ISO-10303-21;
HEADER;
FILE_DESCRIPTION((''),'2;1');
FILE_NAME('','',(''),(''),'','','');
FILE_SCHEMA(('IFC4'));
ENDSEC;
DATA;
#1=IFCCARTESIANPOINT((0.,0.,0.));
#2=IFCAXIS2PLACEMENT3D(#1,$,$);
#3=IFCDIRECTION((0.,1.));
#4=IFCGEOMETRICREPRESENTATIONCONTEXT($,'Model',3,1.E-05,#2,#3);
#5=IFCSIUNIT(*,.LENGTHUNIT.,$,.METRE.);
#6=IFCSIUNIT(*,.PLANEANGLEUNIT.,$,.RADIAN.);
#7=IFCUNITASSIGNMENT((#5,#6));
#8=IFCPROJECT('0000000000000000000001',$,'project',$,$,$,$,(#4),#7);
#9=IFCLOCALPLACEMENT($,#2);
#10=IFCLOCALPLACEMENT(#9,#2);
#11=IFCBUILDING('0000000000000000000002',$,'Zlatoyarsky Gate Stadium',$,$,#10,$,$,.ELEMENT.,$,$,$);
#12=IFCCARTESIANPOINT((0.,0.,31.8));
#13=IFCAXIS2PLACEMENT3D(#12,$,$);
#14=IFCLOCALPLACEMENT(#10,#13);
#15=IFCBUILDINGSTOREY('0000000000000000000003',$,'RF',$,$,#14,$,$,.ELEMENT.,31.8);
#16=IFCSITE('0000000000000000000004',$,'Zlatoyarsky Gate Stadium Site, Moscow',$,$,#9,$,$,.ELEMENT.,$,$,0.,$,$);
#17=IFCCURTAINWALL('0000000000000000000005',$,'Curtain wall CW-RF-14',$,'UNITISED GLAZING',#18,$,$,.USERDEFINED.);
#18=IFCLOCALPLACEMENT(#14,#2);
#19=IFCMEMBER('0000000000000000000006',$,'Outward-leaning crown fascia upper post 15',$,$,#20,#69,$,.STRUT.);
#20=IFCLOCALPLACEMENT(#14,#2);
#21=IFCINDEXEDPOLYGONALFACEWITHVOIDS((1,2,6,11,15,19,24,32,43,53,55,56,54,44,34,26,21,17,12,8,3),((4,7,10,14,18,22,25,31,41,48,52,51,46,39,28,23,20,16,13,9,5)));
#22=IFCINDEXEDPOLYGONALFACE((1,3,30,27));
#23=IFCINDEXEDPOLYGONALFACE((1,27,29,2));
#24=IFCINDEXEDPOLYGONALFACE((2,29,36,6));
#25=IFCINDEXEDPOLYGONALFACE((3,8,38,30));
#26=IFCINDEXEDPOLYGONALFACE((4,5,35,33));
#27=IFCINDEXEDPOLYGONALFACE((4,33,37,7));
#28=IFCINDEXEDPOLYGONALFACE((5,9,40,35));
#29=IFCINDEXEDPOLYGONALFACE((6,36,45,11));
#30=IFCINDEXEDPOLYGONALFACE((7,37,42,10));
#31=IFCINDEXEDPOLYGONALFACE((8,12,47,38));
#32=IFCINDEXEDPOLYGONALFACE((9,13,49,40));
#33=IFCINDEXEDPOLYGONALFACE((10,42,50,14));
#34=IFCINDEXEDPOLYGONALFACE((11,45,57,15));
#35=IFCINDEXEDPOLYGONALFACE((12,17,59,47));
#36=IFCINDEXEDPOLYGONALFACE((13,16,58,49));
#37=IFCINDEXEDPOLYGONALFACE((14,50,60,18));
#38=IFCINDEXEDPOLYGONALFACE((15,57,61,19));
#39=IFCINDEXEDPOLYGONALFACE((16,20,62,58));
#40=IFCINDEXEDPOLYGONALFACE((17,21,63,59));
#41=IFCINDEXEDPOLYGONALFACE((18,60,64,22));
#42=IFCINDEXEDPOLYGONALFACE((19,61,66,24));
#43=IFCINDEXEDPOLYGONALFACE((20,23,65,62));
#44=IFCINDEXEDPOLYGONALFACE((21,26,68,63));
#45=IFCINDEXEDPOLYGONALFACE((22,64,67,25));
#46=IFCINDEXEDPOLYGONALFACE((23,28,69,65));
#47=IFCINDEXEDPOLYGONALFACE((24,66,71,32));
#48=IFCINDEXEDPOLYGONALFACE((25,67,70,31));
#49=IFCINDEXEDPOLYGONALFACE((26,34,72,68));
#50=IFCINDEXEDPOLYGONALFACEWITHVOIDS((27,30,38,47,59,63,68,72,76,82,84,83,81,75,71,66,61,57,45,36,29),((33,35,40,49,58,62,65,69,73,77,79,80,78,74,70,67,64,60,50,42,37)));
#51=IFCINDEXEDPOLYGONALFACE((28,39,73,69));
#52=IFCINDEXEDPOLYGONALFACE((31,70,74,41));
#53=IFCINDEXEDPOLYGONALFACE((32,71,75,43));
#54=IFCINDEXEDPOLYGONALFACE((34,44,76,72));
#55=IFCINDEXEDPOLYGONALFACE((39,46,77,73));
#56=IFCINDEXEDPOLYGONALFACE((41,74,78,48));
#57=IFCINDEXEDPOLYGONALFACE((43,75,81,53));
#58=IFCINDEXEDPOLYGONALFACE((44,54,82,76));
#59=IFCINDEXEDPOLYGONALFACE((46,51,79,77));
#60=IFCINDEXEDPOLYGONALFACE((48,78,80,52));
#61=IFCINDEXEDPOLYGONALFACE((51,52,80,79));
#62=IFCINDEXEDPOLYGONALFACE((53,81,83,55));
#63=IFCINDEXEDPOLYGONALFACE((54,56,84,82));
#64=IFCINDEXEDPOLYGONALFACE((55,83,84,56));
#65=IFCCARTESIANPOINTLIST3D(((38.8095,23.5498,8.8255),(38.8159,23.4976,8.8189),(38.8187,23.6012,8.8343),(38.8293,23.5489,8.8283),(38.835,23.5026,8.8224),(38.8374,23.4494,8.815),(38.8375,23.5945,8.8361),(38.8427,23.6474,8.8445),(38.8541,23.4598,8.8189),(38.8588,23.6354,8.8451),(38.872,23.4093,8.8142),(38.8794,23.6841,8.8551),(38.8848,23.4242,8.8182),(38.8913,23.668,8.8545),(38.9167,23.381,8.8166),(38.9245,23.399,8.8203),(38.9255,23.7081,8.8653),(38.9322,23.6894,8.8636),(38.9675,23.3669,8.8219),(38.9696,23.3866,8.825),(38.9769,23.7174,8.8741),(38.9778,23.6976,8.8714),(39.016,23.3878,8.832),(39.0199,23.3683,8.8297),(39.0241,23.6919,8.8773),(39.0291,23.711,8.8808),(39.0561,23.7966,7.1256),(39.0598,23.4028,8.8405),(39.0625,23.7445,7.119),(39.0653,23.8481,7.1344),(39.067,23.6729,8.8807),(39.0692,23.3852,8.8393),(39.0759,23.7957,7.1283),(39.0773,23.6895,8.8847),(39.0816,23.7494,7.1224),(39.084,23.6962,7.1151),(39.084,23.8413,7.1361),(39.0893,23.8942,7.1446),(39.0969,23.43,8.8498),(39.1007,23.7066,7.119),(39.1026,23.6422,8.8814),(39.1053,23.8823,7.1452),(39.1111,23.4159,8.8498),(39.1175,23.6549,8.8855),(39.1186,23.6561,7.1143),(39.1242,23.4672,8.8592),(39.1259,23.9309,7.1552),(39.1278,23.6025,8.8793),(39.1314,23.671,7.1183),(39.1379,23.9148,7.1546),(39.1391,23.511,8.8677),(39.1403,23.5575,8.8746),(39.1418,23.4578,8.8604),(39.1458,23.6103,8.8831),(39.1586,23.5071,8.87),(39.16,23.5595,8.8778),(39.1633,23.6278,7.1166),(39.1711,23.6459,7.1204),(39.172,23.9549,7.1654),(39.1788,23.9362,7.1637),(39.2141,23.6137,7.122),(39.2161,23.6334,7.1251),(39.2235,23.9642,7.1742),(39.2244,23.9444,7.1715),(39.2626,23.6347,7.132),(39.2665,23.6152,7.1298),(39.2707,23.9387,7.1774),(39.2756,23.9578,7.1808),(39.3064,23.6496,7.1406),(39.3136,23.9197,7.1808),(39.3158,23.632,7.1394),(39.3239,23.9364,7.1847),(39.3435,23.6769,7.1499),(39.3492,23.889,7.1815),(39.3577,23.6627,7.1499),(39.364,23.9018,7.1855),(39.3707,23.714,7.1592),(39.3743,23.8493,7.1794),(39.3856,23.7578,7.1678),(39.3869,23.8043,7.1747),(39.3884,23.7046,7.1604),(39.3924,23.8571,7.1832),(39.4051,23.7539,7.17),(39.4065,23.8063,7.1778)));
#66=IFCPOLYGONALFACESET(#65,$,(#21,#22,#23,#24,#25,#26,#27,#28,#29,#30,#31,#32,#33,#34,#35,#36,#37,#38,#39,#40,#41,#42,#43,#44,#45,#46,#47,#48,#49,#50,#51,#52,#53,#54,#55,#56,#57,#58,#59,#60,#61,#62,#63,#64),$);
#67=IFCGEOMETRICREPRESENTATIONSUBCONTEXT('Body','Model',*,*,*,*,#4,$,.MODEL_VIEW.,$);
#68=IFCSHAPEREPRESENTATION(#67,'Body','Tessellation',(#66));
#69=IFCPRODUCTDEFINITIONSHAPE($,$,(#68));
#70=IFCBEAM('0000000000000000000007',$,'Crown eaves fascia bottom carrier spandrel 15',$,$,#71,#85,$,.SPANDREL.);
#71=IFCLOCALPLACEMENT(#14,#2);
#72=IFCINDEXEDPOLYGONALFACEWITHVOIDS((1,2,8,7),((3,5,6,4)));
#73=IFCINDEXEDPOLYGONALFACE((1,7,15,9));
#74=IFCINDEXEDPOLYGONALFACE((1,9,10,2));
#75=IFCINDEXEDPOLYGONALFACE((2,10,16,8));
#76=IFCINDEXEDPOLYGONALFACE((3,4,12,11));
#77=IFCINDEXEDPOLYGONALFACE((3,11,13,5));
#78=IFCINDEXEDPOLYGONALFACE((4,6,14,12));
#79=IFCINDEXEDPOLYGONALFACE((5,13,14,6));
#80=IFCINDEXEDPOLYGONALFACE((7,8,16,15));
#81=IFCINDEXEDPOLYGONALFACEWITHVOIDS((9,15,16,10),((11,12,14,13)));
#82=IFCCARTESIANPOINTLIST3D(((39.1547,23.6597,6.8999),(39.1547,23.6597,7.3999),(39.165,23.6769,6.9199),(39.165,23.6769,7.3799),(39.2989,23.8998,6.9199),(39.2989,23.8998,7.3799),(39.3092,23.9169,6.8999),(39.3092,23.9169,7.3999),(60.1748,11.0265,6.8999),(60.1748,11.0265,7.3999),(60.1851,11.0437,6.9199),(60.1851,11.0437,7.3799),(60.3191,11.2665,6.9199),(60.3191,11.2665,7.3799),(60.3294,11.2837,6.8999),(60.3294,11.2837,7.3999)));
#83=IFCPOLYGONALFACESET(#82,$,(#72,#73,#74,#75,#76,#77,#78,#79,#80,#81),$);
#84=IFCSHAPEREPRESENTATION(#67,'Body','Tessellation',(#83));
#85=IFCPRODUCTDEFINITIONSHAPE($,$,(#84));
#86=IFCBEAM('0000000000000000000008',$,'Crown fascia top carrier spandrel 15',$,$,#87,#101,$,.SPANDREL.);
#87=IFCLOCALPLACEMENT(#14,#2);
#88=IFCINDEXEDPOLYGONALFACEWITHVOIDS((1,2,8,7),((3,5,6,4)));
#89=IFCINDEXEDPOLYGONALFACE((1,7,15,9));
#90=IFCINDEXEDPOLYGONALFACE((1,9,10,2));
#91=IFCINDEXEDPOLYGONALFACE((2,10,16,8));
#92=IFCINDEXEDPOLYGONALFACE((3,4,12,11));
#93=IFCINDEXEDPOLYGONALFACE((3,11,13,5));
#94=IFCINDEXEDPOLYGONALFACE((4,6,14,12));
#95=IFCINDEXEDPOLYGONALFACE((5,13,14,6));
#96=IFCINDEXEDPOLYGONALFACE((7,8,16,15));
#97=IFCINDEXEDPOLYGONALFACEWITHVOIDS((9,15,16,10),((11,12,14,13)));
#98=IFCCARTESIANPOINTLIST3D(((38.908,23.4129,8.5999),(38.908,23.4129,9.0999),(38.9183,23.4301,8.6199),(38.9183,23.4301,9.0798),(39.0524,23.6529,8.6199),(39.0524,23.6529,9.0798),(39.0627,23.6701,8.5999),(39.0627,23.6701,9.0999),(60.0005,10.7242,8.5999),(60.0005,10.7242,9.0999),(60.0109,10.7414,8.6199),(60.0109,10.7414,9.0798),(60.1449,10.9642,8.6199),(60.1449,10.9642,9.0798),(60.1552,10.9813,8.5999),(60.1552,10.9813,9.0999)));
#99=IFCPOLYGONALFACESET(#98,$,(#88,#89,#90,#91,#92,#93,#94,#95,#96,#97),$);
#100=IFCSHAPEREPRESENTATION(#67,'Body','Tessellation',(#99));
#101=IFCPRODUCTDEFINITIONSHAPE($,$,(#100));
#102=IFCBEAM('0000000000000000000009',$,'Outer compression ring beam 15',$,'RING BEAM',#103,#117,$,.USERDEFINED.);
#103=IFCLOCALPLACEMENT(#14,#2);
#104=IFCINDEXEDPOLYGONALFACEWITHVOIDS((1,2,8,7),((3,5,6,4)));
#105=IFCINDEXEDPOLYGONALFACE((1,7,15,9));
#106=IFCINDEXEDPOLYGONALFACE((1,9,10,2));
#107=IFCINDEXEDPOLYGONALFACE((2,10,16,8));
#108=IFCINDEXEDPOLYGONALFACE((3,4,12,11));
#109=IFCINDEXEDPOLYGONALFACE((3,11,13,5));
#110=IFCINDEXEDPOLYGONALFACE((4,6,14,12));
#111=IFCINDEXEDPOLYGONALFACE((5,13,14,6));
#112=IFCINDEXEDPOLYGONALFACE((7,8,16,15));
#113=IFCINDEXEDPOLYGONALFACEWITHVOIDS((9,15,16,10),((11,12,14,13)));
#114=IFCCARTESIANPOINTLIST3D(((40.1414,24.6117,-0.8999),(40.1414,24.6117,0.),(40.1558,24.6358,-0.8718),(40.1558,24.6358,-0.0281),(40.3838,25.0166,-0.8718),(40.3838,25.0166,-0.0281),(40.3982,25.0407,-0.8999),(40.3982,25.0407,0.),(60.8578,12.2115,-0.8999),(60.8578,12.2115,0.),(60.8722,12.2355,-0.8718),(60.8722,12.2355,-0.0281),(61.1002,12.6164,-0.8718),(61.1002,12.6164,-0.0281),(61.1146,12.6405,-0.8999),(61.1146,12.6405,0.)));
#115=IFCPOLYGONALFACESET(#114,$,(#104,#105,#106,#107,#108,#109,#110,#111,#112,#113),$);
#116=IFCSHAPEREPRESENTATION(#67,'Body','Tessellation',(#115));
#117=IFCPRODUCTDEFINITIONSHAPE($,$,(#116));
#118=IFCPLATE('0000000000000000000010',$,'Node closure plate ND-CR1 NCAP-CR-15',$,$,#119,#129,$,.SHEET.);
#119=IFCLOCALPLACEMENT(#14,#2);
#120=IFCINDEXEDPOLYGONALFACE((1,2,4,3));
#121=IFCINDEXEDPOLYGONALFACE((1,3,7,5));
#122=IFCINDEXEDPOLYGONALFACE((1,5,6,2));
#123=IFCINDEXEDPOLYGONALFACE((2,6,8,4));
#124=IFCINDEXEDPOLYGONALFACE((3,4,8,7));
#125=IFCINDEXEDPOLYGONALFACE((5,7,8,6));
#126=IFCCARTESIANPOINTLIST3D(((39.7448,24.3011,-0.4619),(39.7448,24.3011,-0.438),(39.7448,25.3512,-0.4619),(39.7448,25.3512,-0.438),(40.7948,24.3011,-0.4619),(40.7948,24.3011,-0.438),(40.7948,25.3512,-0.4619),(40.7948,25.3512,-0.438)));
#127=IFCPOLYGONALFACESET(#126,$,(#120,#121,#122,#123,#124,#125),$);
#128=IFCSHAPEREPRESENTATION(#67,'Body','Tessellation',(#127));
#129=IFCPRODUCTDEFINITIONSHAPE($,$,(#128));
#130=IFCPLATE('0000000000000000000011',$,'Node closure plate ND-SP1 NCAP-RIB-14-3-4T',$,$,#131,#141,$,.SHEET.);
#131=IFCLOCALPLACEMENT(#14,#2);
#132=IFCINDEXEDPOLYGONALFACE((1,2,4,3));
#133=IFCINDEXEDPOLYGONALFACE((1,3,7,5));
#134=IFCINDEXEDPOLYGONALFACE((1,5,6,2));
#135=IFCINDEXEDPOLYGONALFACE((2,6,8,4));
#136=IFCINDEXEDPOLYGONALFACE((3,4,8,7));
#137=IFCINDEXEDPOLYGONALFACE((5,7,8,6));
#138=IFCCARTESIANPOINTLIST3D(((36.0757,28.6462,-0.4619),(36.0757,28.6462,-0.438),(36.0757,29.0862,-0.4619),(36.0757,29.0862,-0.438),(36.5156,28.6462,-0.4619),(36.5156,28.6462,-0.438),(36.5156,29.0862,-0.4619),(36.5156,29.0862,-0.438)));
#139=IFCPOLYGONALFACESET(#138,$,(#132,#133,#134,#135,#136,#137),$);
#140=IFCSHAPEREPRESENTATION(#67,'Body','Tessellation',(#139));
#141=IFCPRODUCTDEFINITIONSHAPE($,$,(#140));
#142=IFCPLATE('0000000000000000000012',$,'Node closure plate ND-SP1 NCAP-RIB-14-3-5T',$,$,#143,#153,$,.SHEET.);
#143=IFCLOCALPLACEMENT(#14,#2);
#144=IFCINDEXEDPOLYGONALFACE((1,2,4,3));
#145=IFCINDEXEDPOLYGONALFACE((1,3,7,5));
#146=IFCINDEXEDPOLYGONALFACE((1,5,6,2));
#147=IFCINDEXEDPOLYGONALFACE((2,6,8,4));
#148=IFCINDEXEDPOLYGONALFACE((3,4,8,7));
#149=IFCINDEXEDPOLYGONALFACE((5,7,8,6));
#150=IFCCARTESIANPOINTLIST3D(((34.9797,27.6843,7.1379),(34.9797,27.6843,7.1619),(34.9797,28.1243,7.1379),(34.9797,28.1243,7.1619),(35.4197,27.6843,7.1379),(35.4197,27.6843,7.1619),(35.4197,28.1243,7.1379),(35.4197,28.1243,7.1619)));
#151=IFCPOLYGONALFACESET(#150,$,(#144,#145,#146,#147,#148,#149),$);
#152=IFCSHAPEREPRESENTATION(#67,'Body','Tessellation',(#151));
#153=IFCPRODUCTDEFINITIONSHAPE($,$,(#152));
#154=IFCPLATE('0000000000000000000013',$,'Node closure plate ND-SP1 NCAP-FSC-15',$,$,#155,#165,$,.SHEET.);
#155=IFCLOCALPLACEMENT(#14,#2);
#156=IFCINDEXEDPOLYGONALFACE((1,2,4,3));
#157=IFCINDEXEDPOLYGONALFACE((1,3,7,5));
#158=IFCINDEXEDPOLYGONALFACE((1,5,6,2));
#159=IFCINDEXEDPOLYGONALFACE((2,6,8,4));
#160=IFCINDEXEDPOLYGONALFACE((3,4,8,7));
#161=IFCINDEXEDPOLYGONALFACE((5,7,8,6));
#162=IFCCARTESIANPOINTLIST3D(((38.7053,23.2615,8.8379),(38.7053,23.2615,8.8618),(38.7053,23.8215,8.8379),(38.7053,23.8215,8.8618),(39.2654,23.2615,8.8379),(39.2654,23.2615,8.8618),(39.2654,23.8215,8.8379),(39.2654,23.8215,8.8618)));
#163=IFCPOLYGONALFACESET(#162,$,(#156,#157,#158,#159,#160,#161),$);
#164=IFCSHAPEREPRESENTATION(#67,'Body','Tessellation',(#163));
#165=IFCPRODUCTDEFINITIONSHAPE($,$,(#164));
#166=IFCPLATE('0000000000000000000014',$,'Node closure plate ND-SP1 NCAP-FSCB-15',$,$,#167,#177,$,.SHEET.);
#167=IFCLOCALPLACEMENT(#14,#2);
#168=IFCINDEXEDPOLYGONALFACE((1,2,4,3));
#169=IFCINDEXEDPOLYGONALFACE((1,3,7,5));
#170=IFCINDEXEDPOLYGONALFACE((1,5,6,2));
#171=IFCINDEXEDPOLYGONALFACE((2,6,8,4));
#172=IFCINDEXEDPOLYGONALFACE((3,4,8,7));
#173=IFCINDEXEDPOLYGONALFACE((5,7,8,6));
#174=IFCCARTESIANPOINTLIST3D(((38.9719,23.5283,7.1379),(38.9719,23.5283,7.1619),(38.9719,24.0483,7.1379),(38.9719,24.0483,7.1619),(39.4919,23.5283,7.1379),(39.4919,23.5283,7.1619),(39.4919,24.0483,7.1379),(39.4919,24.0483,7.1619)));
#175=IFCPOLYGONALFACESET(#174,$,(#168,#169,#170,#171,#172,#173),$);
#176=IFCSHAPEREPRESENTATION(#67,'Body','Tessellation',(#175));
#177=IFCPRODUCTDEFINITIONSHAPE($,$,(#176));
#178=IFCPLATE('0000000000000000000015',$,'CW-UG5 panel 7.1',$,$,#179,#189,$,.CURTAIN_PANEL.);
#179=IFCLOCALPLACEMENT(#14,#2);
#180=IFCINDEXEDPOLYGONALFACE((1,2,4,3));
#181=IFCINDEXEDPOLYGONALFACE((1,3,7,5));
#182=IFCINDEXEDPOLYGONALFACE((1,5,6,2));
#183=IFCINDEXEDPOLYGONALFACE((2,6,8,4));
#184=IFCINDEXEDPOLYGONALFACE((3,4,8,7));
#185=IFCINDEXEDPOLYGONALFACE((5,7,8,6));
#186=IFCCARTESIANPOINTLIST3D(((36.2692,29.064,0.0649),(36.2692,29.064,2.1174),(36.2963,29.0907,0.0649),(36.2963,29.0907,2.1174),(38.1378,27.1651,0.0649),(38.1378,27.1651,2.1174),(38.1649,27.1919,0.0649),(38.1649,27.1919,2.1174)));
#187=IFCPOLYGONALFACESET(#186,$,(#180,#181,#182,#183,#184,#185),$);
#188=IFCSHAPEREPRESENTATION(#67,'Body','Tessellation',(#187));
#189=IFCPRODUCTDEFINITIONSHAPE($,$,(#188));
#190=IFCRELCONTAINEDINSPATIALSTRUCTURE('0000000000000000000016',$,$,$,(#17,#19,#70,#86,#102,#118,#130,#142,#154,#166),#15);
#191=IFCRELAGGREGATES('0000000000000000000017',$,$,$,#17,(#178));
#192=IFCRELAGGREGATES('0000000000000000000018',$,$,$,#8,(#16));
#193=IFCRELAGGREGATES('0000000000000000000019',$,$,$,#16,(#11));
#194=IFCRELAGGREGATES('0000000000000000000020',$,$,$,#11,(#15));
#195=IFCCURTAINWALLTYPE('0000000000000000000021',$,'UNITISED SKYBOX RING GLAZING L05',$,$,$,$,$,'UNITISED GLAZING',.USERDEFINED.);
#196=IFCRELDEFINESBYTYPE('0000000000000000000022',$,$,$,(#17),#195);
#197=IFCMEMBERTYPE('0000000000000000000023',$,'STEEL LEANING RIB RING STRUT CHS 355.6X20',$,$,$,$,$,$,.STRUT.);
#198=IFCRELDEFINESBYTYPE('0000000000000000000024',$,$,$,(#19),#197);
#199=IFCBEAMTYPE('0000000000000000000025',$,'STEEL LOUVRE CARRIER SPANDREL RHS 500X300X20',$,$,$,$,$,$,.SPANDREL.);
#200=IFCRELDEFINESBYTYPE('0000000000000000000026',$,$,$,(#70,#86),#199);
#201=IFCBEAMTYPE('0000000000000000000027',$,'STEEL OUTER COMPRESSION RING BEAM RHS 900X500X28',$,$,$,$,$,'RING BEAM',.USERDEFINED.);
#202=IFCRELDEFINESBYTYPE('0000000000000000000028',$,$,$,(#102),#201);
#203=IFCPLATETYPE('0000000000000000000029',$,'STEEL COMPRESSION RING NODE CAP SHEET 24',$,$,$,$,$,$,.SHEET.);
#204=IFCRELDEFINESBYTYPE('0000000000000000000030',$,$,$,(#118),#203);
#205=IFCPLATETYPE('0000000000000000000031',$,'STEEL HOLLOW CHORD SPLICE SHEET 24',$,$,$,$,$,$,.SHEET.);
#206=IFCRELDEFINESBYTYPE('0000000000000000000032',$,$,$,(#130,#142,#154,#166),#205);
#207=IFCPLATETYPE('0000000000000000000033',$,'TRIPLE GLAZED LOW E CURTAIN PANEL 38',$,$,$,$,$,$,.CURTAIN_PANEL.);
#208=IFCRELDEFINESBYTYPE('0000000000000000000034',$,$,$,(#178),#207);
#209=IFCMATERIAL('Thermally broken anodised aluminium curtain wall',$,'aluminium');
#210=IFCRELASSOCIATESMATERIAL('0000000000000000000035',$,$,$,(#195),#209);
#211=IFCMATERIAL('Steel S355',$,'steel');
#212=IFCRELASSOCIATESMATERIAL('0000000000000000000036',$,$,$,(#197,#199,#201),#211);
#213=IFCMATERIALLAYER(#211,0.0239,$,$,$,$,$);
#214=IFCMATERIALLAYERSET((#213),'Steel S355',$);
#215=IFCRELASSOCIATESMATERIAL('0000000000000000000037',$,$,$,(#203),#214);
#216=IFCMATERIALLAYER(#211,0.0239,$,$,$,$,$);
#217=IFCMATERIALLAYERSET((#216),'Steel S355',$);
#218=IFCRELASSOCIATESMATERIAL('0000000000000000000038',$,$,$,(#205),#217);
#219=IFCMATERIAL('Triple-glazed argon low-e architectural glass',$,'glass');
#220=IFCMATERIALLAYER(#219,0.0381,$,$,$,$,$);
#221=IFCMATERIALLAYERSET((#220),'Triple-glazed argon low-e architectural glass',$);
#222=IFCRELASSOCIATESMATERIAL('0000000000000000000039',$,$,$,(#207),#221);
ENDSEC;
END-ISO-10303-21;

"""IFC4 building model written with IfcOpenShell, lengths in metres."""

from ifc_helpers import new_model, si_unit, direction, frame, origin, origin_2d, place, context, subcontext, project, spatial, rectangle, hollow_rectangle, hollow_circle, extrude, material, layer, layer_set, material_profile, profile_set, type_object, element, aggregate, save


model = new_model("IFC4")

# Units and contexts
model_context = context("Model", 3, precision=1e-05, world=origin(), true_north=direction((0.0, 1.0)))
body_context = subcontext(model_context, "Body", "Model", "MODEL_VIEW")
ifc_project = project(units=[si_unit("LENGTHUNIT", "METRE"), si_unit("PLANEANGLEUNIT", "RADIAN")], contexts=[model_context])

# Site, building, storey
site_placement = place(None, origin())
site = spatial("IfcSite", under=ifc_project, at=site_placement, Name="Zlatoyarsky Gate Stadium Site, Moscow", CompositionType="ELEMENT", RefElevation=0.0)
building_placement = place(site_placement, origin())
building = spatial("IfcBuilding", under=site, at=building_placement, Name="Zlatoyarsky Gate Stadium", CompositionType="ELEMENT")
storey_placement = place(building_placement, frame((0.0, 0.0, 31.8)))
storey = spatial("IfcBuildingStorey", under=building, at=storey_placement, Name="RF", CompositionType="ELEMENT", Elevation=31.8)

# Curtain wall
ifc_material_1 = material(Name="Thermally broken anodised aluminium curtain wall", Category="aluminium")
curtain_wall_type = type_object("IfcCurtainWallType", Name="UNITISED SKYBOX RING GLAZING L05", ElementType="UNITISED GLAZING", PredefinedType="USERDEFINED", material=ifc_material_1)
curtain_wall_placement = place(storey_placement, origin())
curtain_wall = element("IfcCurtainWall", 1, at=curtain_wall_placement, inside=storey, type_object=curtain_wall_type, Name="Curtain wall CW-RF-14", ObjectType="UNITISED GLAZING", PredefinedType="USERDEFINED")

# Member
ifc_material_2 = material(Name="Steel S355", Category="steel")
ifc_material_profile_1 = material_profile(ifc_material_2, hollow_circle(Radius=0.1777, WallThickness=0.02, at=origin_2d()), Name="CHS 355.6X20")
ifc_profile_set_1 = profile_set([ifc_material_profile_1], Name="Steel S355")
member_type_1 = type_object("IfcMemberType", Name="STEEL LEANING RIB RING STRUT CHS 355.6X20", PredefinedType="STRUT", material=ifc_profile_set_1)
member_1_placement = place(storey_placement, frame((39.2319, 23.7883, 7.1499), z_axis=(-0.142091, -0.142231, 0.979582), x_axis=(0.707457, -0.706757, 0.0)))
element("IfcMember", 2, at=member_1_placement, inside=storey, type_object=member_type_1, Name="Outward-leaning crown fascia upper post 15", PredefinedType="STRUT", context=body_context, shape_type="SweptSolid", body=[
    extrude(hollow_circle(Radius=0.1777, WallThickness=0.02, at=origin_2d()), origin(), (0.0, 0.0, 1.0), 1.7354),
])

# Beams
ifc_material_profile_2 = material_profile(ifc_material_2, hollow_rectangle(XDim=0.3, YDim=0.5, WallThickness=0.02, at=origin_2d()), Name="RHS 500X300X20")
ifc_profile_set_2 = profile_set([ifc_material_profile_2], Name="Steel S355")
beam_type_1 = type_object("IfcBeamType", Name="STEEL LOUVRE CARRIER SPANDREL RHS 500X300X20", PredefinedType="SPANDREL", material=ifc_profile_set_2)
beam_1_placement = place(storey_placement, frame((39.2319, 23.7883, 7.1499), z_axis=(0.857112, -0.51513, 0.0), x_axis=(0.51513, 0.857112, 0.0)))
element("IfcBeam", 3, at=beam_1_placement, inside=storey, type_object=beam_type_1, Name="Crown eaves fascia bottom carrier spandrel 15", PredefinedType="SPANDREL", context=body_context, shape_type="SweptSolid", body=[
    extrude(hollow_rectangle(XDim=0.3, YDim=0.5, WallThickness=0.02, at=origin_2d()), origin(), (0.0, 0.0, 1.0), 24.5244),
])
beam_2_placement = place(storey_placement, frame((38.9854, 23.5415, 8.8499), z_axis=(0.856897, -0.515487, 0.0), x_axis=(0.515487, 0.856897, 0.0)))
element("IfcBeam", 4, at=beam_2_placement, inside=storey, type_object=beam_type_1, Name="Crown fascia top carrier spandrel 15", PredefinedType="SPANDREL", context=body_context, shape_type="SweptSolid", body=[
    extrude(hollow_rectangle(XDim=0.3, YDim=0.5, WallThickness=0.02, at=origin_2d()), origin(), (0.0, 0.0, 1.0), 24.615),
])
ifc_material_profile_3 = material_profile(ifc_material_2, hollow_rectangle(XDim=0.5, YDim=0.8999, WallThickness=0.0281, at=origin_2d()), Name="RHS 900X500X28")
ifc_profile_set_3 = profile_set([ifc_material_profile_3], Name="Steel S355")
beam_type_2 = type_object("IfcBeamType", Name="STEEL OUTER COMPRESSION RING BEAM RHS 900X500X28", ElementType="RING BEAM", PredefinedType="USERDEFINED", material=ifc_profile_set_3)
beam_3_placement = place(storey_placement, frame((40.2698, 24.8262, -0.45), z_axis=(0.858034, -0.513593, 0.0), x_axis=(0.513593, 0.858034, 0.0)))
element("IfcBeam", 5, at=beam_3_placement, inside=storey, type_object=beam_type_2, Name="Outer compression ring beam 15", ObjectType="RING BEAM", PredefinedType="USERDEFINED", context=body_context, shape_type="SweptSolid", body=[
    extrude(hollow_rectangle(XDim=0.5, YDim=0.8999, WallThickness=0.0281, at=origin_2d()), origin(), (0.0, 0.0, 1.0), 24.144),
])

# Plates
ifc_layer_1 = layer(ifc_material_2, 0.0239)
ifc_layer_set_1 = layer_set([ifc_layer_1], Name="Steel S355")
plate_type_1 = type_object("IfcPlateType", Name="STEEL COMPRESSION RING NODE CAP SHEET 24", PredefinedType="SHEET", material=ifc_layer_set_1)
plate_1_placement = place(storey_placement, frame((40.2698, 24.8262, -0.4619), z_axis=(0.0, 0.0, 1.0), x_axis=(1.0, 0.0, 0.0)))
element("IfcPlate", 6, at=plate_1_placement, inside=storey, type_object=plate_type_1, Name="Node closure plate ND-CR1 NCAP-CR-15", PredefinedType="SHEET", context=body_context, shape_type="SweptSolid", body=[
    extrude(rectangle(XDim=1.05, YDim=1.05, at=origin_2d()), origin(), (0.0, 0.0, 1.0), 0.0239),
])
ifc_layer_2 = layer(ifc_material_2, 0.0239)
ifc_layer_set_2 = layer_set([ifc_layer_2], Name="Steel S355")
plate_type_2 = type_object("IfcPlateType", Name="STEEL HOLLOW CHORD SPLICE SHEET 24", PredefinedType="SHEET", material=ifc_layer_set_2)
for number, where, z_axis, x_axis, name in (
    (7, (36.2957, 28.8662, -0.4619), (0.0, 0.0, 1.0), (1.0, 0.0, 0.0), "Node closure plate ND-SP1 NCAP-RIB-14-3-4T"),
    (8, (35.1997, 27.9043, 7.1379), (0.0, 0.0, 1.0), (1.0, 0.0, 0.0), "Node closure plate ND-SP1 NCAP-RIB-14-3-5T"),
):
    element("IfcPlate", number, at=place(storey_placement, frame(where, z_axis=z_axis, x_axis=x_axis)), inside=storey, type_object=plate_type_2, Name=name, PredefinedType="SHEET", context=body_context, shape_type="SweptSolid", body=[
        extrude(rectangle(XDim=0.4399, YDim=0.4399, at=origin_2d()), origin(), (0.0, 0.0, 1.0), 0.0239),
    ])
plate_2_placement = place(storey_placement, frame((38.9854, 23.5415, 8.8379), z_axis=(0.0, 0.0, 1.0), x_axis=(1.0, 0.0, 0.0)))
element("IfcPlate", 9, at=plate_2_placement, inside=storey, type_object=plate_type_2, Name="Node closure plate ND-SP1 NCAP-FSC-15", PredefinedType="SHEET", context=body_context, shape_type="SweptSolid", body=[
    extrude(rectangle(XDim=0.5601, YDim=0.5601, at=origin_2d()), origin(), (0.0, 0.0, 1.0), 0.0239),
])
plate_3_placement = place(storey_placement, frame((39.2319, 23.7883, 7.1379), z_axis=(0.0, 0.0, 1.0), x_axis=(1.0, 0.0, 0.0)))
element("IfcPlate", 10, at=plate_3_placement, inside=storey, type_object=plate_type_2, Name="Node closure plate ND-SP1 NCAP-FSCB-15", PredefinedType="SHEET", context=body_context, shape_type="SweptSolid", body=[
    extrude(rectangle(XDim=0.52, YDim=0.52, at=origin_2d()), origin(), (0.0, 0.0, 1.0), 0.0239),
])

# Plate
ifc_material_3 = material(Name="Triple-glazed argon low-e architectural glass", Category="glass")
ifc_layer_3 = layer(ifc_material_3, 0.0381)
ifc_layer_set_3 = layer_set([ifc_layer_3], Name="Triple-glazed argon low-e architectural glass")
plate_type_3 = type_object("IfcPlateType", Name="TRIPLE GLAZED LOW E CURTAIN PANEL 38", PredefinedType="CURTAIN_PANEL", material=ifc_layer_set_3)
plate_4_placement = place(storey_placement, frame((37.217, 28.1279, 0.0649), z_axis=(0.0, 0.0, 1.0), x_axis=(0.701402, -0.712766, 0.0)))
plate_4 = element("IfcPlate", 11, at=plate_4_placement, type_object=plate_type_3, Name="CW-UG5 panel 7.1", PredefinedType="CURTAIN_PANEL", context=body_context, shape_type="SweptSolid", body=[
    extrude(rectangle(XDim=2.6641, YDim=0.0381, at=origin_2d()), origin(), (0.0, 0.0, 1.0), 2.0525),
])
aggregate(curtain_wall, [plate_4])

save(model, "model.ifc")
